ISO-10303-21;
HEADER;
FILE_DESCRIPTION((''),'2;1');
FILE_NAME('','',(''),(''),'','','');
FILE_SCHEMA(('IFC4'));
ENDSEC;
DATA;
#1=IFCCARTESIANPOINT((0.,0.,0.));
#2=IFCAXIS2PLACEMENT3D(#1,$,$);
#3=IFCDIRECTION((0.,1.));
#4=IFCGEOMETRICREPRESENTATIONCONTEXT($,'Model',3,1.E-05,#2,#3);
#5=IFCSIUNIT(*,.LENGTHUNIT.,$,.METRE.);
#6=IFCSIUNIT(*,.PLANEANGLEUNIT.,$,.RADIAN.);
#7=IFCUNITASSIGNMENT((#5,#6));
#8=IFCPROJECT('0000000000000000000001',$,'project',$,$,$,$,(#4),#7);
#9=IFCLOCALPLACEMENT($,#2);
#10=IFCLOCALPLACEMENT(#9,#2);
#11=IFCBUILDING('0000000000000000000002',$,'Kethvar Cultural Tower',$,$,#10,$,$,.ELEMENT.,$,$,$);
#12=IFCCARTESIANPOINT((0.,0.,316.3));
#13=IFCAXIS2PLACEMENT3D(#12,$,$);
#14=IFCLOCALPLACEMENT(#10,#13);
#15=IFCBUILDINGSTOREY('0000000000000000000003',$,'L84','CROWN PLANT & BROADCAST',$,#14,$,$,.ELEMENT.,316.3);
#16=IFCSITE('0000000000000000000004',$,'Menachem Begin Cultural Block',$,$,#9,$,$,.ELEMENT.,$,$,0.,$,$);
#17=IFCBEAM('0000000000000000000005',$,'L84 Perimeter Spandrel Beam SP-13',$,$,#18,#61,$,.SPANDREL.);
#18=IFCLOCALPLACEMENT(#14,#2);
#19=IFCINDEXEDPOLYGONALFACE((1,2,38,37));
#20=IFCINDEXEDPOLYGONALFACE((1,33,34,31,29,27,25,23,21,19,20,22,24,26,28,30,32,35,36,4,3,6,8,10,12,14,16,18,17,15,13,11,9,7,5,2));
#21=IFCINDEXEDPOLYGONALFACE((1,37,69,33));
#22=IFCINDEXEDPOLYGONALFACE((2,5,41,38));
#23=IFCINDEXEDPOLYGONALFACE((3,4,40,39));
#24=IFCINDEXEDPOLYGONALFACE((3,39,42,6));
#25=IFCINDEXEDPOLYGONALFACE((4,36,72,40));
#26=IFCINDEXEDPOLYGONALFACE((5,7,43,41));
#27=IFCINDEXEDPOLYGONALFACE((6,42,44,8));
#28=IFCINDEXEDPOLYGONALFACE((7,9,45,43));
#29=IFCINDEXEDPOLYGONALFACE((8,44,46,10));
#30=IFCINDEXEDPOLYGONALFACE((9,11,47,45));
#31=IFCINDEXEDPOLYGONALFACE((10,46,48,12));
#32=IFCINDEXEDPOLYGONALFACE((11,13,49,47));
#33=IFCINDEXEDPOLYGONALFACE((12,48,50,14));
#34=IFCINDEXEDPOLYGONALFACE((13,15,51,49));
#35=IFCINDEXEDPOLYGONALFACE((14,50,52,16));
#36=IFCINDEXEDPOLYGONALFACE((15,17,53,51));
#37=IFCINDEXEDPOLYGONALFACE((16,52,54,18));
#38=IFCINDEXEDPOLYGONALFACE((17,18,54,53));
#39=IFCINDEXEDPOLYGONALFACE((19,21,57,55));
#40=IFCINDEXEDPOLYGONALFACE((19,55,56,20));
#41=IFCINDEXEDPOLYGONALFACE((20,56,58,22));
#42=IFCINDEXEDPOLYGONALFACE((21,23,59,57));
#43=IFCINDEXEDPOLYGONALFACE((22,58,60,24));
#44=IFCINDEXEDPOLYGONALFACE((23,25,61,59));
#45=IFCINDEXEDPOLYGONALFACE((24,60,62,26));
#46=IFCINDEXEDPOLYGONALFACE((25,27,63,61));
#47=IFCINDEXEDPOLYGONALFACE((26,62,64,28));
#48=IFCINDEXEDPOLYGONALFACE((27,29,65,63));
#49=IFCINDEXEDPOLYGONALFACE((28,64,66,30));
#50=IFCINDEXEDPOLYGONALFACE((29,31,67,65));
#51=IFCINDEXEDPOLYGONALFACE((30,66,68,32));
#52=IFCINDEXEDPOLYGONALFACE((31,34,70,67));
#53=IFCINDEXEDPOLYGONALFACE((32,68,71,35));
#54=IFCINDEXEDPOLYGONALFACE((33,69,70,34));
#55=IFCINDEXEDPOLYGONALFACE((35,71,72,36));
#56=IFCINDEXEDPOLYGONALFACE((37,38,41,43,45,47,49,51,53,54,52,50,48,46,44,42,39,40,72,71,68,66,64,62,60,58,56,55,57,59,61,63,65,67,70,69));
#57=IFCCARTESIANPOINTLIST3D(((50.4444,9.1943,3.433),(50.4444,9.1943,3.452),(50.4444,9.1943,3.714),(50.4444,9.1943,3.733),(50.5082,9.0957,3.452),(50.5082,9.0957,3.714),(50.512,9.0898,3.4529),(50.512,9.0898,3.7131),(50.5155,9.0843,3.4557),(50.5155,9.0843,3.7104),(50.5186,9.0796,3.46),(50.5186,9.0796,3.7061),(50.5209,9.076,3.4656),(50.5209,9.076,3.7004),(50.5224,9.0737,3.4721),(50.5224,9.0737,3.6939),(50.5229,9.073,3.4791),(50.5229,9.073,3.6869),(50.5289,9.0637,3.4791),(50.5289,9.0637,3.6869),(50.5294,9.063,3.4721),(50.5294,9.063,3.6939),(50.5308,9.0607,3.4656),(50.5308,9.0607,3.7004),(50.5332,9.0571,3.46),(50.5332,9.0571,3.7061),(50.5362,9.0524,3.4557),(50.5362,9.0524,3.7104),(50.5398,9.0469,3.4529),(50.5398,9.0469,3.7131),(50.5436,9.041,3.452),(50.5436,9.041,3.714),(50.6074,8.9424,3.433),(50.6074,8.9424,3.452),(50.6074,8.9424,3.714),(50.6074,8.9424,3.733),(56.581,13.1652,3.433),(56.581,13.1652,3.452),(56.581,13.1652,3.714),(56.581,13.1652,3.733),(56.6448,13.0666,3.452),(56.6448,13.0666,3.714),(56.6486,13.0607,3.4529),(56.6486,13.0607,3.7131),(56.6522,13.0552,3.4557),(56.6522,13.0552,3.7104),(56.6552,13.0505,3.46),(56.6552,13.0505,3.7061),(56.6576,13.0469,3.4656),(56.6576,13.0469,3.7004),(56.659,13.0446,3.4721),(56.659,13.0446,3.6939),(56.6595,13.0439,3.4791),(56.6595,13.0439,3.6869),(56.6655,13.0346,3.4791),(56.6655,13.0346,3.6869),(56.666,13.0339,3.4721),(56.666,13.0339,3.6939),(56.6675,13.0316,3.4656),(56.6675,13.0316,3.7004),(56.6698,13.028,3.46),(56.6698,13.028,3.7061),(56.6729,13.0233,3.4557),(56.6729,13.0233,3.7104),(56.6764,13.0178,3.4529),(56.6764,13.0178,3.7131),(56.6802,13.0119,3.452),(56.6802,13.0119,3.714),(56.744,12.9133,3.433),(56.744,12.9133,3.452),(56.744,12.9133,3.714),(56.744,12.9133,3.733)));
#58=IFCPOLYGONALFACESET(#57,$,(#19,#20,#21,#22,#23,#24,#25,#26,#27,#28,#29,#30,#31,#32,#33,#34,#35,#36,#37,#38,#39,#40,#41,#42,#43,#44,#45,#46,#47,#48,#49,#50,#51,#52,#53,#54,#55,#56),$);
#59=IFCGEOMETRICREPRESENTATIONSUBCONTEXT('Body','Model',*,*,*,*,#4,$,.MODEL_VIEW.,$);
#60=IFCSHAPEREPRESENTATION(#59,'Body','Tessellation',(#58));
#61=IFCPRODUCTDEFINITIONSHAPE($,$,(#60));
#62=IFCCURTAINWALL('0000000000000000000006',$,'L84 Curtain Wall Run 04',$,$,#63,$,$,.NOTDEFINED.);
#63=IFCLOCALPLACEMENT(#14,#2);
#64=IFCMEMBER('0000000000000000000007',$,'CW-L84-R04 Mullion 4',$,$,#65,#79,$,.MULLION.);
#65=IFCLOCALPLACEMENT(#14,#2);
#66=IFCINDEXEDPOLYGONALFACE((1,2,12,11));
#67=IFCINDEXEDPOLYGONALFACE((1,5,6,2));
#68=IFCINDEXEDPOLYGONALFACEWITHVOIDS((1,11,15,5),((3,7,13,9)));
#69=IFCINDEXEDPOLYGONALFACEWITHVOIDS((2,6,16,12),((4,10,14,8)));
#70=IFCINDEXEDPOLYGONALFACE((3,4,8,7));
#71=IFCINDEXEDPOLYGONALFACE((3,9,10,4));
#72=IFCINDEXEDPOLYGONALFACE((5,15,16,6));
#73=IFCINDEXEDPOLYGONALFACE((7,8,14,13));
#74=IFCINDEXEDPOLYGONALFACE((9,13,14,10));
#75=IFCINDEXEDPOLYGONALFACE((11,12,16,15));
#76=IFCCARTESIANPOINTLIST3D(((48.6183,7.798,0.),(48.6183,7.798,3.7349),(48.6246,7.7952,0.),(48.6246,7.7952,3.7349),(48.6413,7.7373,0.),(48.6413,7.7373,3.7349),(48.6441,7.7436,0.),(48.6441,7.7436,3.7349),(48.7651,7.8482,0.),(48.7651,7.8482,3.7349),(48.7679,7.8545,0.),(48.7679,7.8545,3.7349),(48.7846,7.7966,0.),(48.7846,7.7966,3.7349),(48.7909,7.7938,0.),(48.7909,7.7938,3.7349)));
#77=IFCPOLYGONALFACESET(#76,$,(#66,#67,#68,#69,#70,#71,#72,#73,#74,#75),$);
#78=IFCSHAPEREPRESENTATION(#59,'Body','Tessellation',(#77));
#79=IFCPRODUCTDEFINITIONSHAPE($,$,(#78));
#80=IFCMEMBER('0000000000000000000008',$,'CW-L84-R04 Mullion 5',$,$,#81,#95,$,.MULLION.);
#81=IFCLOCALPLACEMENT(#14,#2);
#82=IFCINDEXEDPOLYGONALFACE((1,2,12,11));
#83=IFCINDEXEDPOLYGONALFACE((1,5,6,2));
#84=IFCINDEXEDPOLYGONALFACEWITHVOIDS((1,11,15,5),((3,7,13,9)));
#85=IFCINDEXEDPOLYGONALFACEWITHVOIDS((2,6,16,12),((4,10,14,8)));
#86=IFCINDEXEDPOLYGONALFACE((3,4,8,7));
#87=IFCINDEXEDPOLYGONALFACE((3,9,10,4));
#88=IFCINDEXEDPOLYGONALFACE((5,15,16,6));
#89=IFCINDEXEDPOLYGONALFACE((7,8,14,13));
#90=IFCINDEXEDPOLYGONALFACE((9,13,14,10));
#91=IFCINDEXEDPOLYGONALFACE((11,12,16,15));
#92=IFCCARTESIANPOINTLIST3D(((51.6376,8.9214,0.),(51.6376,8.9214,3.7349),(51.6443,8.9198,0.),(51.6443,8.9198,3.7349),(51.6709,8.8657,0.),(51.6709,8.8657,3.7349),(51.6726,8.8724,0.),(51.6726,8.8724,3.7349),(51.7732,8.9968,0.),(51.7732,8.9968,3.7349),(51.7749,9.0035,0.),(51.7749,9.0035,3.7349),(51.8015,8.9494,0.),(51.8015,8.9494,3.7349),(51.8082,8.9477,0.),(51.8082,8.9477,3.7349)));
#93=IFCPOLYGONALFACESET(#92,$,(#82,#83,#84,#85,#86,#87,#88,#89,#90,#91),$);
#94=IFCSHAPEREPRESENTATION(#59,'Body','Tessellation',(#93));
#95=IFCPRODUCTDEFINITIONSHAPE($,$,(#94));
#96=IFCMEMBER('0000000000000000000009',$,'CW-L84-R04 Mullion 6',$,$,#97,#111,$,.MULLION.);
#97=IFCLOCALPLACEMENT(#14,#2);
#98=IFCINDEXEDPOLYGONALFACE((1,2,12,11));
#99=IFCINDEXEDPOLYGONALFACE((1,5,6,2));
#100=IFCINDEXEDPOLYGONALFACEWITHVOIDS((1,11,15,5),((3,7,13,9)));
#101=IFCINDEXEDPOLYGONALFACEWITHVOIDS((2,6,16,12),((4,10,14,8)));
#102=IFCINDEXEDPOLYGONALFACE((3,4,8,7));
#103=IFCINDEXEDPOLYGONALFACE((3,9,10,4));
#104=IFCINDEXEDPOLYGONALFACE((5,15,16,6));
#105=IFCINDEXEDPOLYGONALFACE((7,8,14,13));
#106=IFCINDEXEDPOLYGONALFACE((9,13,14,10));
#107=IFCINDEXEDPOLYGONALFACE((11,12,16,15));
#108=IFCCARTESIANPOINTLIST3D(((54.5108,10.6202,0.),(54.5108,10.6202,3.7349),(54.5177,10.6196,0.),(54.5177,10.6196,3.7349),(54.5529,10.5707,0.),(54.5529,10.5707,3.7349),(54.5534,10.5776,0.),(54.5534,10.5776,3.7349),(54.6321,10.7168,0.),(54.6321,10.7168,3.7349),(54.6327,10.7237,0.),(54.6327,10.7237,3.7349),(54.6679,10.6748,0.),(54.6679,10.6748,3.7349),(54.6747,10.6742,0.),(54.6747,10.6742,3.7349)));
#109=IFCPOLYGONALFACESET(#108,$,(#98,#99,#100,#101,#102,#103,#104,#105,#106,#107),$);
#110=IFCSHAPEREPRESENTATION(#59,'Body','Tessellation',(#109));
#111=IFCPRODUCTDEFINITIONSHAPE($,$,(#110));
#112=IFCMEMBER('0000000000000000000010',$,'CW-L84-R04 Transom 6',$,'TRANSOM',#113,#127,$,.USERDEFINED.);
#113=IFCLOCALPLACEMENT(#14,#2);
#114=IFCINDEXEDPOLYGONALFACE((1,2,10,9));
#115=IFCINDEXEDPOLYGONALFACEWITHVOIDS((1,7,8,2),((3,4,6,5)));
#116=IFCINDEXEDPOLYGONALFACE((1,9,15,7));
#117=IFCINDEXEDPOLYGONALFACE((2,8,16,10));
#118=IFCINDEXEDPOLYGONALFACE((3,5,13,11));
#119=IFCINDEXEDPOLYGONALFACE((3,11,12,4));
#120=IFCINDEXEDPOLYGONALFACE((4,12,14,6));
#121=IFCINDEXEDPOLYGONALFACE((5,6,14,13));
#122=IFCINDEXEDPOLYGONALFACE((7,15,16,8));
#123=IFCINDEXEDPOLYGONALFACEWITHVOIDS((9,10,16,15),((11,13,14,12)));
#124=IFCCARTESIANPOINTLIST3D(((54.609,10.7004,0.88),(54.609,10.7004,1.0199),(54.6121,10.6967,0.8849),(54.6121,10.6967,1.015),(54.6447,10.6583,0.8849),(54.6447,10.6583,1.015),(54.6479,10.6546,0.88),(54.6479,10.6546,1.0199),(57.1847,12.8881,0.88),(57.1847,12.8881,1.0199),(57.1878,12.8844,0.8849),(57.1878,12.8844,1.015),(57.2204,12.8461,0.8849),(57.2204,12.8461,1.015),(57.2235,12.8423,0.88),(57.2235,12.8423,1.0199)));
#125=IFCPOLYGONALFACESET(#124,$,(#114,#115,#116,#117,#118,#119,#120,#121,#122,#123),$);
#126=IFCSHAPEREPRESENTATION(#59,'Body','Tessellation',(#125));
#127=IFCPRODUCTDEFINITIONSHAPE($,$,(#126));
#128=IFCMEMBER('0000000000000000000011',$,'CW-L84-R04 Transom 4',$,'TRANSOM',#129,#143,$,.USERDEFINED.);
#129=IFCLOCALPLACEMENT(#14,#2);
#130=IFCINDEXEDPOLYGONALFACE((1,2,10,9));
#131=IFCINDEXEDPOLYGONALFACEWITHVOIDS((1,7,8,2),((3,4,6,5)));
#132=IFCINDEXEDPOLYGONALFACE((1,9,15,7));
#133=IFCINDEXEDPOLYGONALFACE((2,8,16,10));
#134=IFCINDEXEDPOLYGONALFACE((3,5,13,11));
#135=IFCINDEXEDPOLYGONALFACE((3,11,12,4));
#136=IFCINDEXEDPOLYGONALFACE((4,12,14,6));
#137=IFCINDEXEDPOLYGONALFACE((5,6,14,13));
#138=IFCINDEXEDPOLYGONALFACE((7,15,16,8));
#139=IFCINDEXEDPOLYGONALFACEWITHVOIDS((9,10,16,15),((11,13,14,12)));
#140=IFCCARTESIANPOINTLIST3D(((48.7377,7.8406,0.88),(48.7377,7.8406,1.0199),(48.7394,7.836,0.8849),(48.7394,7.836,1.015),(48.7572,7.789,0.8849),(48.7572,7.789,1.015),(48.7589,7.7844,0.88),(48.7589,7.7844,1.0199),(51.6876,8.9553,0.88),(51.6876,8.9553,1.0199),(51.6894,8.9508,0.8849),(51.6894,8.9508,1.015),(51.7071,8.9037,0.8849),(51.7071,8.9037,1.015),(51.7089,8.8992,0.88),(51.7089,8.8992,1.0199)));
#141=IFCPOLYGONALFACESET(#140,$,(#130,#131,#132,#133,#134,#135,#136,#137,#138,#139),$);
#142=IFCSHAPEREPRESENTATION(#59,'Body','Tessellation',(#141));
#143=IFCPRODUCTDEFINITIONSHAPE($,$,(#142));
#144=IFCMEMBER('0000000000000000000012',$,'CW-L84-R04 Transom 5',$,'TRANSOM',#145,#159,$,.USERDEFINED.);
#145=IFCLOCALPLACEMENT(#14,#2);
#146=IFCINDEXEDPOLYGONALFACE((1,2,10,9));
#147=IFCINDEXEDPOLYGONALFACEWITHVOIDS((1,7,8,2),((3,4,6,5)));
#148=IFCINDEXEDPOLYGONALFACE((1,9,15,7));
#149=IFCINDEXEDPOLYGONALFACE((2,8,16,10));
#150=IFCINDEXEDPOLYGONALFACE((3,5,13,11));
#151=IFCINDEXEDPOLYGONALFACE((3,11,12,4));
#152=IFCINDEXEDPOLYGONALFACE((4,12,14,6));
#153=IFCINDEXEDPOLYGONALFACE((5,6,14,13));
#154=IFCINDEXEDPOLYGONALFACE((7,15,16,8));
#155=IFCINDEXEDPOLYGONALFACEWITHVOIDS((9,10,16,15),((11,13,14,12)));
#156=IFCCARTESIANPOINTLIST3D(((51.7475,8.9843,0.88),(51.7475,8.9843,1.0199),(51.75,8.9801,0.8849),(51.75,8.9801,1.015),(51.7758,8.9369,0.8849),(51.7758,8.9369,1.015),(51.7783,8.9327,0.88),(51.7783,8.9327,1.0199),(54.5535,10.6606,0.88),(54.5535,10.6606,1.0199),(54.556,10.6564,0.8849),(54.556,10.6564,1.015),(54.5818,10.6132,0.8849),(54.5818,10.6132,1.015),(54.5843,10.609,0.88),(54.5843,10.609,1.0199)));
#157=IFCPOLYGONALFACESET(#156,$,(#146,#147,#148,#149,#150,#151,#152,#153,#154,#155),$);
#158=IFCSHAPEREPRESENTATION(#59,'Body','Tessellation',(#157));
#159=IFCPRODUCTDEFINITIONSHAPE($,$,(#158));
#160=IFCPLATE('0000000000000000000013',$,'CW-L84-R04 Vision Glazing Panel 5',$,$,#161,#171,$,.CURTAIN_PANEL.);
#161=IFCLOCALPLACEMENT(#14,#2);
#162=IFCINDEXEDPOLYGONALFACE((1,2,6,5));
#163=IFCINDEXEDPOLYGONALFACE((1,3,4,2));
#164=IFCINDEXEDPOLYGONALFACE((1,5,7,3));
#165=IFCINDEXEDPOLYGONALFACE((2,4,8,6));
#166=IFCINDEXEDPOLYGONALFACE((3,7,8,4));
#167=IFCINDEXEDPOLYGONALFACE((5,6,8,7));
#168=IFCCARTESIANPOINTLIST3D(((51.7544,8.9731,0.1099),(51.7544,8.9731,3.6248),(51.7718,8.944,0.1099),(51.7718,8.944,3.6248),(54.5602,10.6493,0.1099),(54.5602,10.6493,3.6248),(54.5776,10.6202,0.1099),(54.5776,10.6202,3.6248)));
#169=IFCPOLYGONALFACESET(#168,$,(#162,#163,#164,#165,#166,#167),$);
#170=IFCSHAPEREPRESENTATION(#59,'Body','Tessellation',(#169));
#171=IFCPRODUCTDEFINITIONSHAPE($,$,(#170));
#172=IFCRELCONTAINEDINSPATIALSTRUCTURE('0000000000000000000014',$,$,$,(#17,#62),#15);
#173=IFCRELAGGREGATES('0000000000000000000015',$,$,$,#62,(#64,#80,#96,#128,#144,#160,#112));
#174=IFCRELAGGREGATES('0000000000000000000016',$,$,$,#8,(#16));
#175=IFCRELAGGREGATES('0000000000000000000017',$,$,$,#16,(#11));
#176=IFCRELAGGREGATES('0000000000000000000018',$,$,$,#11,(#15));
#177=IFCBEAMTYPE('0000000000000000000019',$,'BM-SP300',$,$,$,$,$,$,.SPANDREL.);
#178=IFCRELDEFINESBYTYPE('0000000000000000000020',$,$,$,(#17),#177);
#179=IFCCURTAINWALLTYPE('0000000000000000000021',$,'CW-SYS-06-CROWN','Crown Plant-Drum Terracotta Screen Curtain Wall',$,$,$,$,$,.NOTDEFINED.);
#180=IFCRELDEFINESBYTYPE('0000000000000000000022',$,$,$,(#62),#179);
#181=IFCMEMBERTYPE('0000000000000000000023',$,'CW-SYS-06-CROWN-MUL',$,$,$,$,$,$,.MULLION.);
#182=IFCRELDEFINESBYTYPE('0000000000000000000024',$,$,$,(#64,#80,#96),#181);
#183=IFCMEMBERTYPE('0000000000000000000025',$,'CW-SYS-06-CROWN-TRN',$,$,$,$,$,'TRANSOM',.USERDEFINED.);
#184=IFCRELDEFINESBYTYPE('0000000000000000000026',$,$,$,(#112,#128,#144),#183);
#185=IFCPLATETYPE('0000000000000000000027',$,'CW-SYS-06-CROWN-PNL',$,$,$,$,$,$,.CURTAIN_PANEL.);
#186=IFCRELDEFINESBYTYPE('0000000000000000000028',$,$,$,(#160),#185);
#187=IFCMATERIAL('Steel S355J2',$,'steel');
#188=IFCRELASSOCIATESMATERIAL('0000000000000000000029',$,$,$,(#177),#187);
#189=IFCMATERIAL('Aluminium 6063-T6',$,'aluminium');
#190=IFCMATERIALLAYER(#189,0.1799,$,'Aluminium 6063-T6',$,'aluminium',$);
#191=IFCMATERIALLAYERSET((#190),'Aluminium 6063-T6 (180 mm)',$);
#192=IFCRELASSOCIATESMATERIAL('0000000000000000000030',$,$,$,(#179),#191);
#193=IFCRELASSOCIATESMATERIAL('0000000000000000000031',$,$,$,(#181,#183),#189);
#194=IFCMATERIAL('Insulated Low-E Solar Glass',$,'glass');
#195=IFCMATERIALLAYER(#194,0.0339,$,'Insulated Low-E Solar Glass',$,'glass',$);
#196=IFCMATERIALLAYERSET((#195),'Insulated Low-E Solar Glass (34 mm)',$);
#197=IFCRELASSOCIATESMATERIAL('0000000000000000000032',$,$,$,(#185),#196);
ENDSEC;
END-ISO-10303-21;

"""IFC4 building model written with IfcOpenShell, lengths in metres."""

from ifc_helpers import new_model, si_unit, direction, frame, origin, origin_2d, place, context, subcontext, project, spatial, rectangle, hollow_rectangle, i_section, extrude, source, transform, mapped, material, layer, layer_set, material_profile, profile_set, type_object, element, aggregate, save


model = new_model("IFC4")

# Units and contexts
model_context = context("Model", 3, precision=1e-05, world=origin(), true_north=direction((0.0, 1.0)))
body_context = subcontext(model_context, "Body", "Model", "MODEL_VIEW")
ifc_project = project(units=[si_unit("LENGTHUNIT", "METRE"), si_unit("PLANEANGLEUNIT", "RADIAN")], contexts=[model_context])

# Site, building, storey
site_placement = place(None, origin())
site = spatial("IfcSite", under=ifc_project, at=site_placement, Name="Menachem Begin Cultural Block", CompositionType="ELEMENT", RefElevation=0.0)
building_placement = place(site_placement, origin())
building = spatial("IfcBuilding", under=site, at=building_placement, Name="Kethvar Cultural Tower", CompositionType="ELEMENT")
storey_placement = place(building_placement, frame((0.0, 0.0, 316.3)))
storey = spatial("IfcBuildingStorey", under=building, at=storey_placement, Name="L84", Description="CROWN PLANT & BROADCAST", CompositionType="ELEMENT", Elevation=316.3)

# Shared definitions
ifc_material_1 = material(Name="Steel S355J2", Category="steel")

# Beam
ifc_material_profile_1 = material_profile(ifc_material_1, i_section(OverallWidth=0.3, OverallDepth=0.3, WebThickness=0.011, FlangeThickness=0.019, FilletRadius=0.0271, at=origin_2d()), Name="Steel S355J2 — HEB300")
ifc_profile_set_1 = profile_set([ifc_material_profile_1], Name="Steel S355J2 — HEB300")
beam_type_1 = type_object("IfcBeamType", Name="BM-SP300", PredefinedType="SPANDREL", material=ifc_profile_set_1)
shared_shape_1 = source(origin(), body_context, "Body", "SweptSolid", [
    extrude(i_section(OverallWidth=0.3, OverallDepth=0.3, WebThickness=0.011, FlangeThickness=0.019, FilletRadius=0.0271, at=origin_2d()), origin(), (0.0, 0.0, 1.0), 7.3093),
])
beam_1_placement = place(storey_placement, frame((50.5259, 9.0684, 3.583), z_axis=(0.839562, 0.543264, 0.0), x_axis=(-0.543264, 0.839562, 0.0)))
element("IfcBeam", 1, at=beam_1_placement, inside=storey, type_object=beam_type_1, Name="L84 Perimeter Spandrel Beam SP-13", PredefinedType="SPANDREL", context=body_context, shape_type="MappedRepresentation", body=[
    mapped(shared_shape_1, transform((0.0, 0.0, 0.0), scale=1.0)),
])

# Curtain wall, members, plate
ifc_material_2 = material(Name="Aluminium 6063-T6", Category="aluminium")
ifc_layer_1 = layer(ifc_material_2, 0.1799, Name="Aluminium 6063-T6", Category="aluminium")
ifc_layer_set_1 = layer_set([ifc_layer_1], Name="Aluminium 6063-T6 (180 mm)")
curtain_wall_type = type_object("IfcCurtainWallType", Name="CW-SYS-06-CROWN", Description="Crown Plant-Drum Terracotta Screen Curtain Wall", PredefinedType="NOTDEFINED", material=ifc_layer_set_1)
curtain_wall_placement = place(storey_placement, origin())
curtain_wall = element("IfcCurtainWall", 2, at=curtain_wall_placement, inside=storey, type_object=curtain_wall_type, Name="L84 Curtain Wall Run 04", PredefinedType="NOTDEFINED")
ifc_material_profile_2 = material_profile(ifc_material_2, hollow_rectangle(XDim=0.0649, YDim=0.1599, WallThickness=0.0049, at=origin_2d()), Name="Aluminium 6063-T6 — RHS160x65x5")
ifc_profile_set_2 = profile_set([ifc_material_profile_2], Name="Aluminium 6063-T6 — RHS160x65x5")
member_type_1 = type_object("IfcMemberType", Name="CW-SYS-06-CROWN-MUL", PredefinedType="MULLION", material=ifc_profile_set_2)
shared_shape_2 = source(origin(), body_context, "Body", "SweptSolid", [
    extrude(hollow_rectangle(XDim=0.0649, YDim=0.1599, WallThickness=0.0049, at=origin_2d()), origin(), (0.0, 0.0, 1.0), 3.7349),
])
member_1_placement = place(storey_placement, frame((48.7046, 7.7959, 0.0), z_axis=(0.0, 0.0, 1.0), x_axis=(-0.35354, 0.935419, 0.0)))
member_1 = element("IfcMember", 3, at=member_1_placement, type_object=member_type_1, Name="CW-L84-R04 Mullion 4", PredefinedType="MULLION", context=body_context, shape_type="MappedRepresentation", body=[
    mapped(shared_shape_2, transform((0.0, 0.0, 0.0), scale=1.0)),
])
member_2_placement = place(storey_placement, frame((51.7229, 8.9346, 0.0), z_axis=(0.0, 0.0, 1.0), x_axis=(-0.512867, 0.858468, 0.0)))
member_2 = element("IfcMember", 4, at=member_2_placement, type_object=member_type_1, Name="CW-L84-R04 Mullion 5", PredefinedType="MULLION", context=body_context, shape_type="MappedRepresentation", body=[
    mapped(shared_shape_2, transform((0.0, 0.0, 0.0), scale=1.0)),
])
member_3_placement = place(storey_placement, frame((54.5928, 10.6472, 0.0), z_axis=(0.0, 0.0, 1.0), x_axis=(-0.647375, 0.762171, 0.0)))
member_3 = element("IfcMember", 5, at=member_3_placement, type_object=member_type_1, Name="CW-L84-R04 Mullion 6", PredefinedType="MULLION", context=body_context, shape_type="MappedRepresentation", body=[
    mapped(shared_shape_2, transform((0.0, 0.0, 0.0), scale=1.0)),
])
ifc_material_profile_3 = material_profile(ifc_material_2, hollow_rectangle(XDim=0.0601, YDim=0.1399, WallThickness=0.0049, at=origin_2d()), Name="Aluminium 6063-T6 — RHS140x60x5")
ifc_profile_set_3 = profile_set([ifc_material_profile_3], Name="Aluminium 6063-T6 — RHS140x60x5")
member_type_2 = type_object("IfcMemberType", Name="CW-SYS-06-CROWN-TRN", ElementType="TRANSOM", PredefinedType="USERDEFINED", material=ifc_profile_set_3)
shared_shape_3 = source(origin(), body_context, "Body", "SweptSolid", [
    extrude(hollow_rectangle(XDim=0.0601, YDim=0.1399, WallThickness=0.0049, at=origin_2d()), origin(), (0.0, 0.0, 1.0), 3.3794),
])
member_4_placement = place(storey_placement, frame((54.6284, 10.6775, 0.95), z_axis=(0.762171, 0.647376, 0.0), x_axis=(-0.647376, 0.762171, 0.0)))
member_4 = element("IfcMember", 6, at=member_4_placement, type_object=member_type_2, Name="CW-L84-R04 Transom 6", ObjectType="TRANSOM", PredefinedType="USERDEFINED", context=body_context, shape_type="MappedRepresentation", body=[
    mapped(shared_shape_3, transform((0.0, 0.0, 0.0), scale=1.0)),
])
shared_shape_4 = source(origin(), body_context, "Body", "SweptSolid", [
    extrude(hollow_rectangle(XDim=0.0601, YDim=0.1399, WallThickness=0.0049, at=origin_2d()), origin(), (0.0, 0.0, 1.0), 3.1536),
])
member_5_placement = place(storey_placement, frame((48.7483, 7.8125, 0.95), z_axis=(0.935439, 0.353489, 0.0), x_axis=(-0.353489, 0.935439, 0.0)))
member_5 = element("IfcMember", 7, at=member_5_placement, type_object=member_type_2, Name="CW-L84-R04 Transom 4", ObjectType="TRANSOM", PredefinedType="USERDEFINED", context=body_context, shape_type="MappedRepresentation", body=[
    mapped(shared_shape_4, transform((0.0, 0.0, 0.0), scale=1.0)),
])
shared_shape_5 = source(origin(), body_context, "Body", "SweptSolid", [
    extrude(hollow_rectangle(XDim=0.0601, YDim=0.1399, WallThickness=0.0049, at=origin_2d()), origin(), (0.0, 0.0, 1.0), 3.2686),
])
member_6_placement = place(storey_placement, frame((51.7629, 8.9585, 0.95), z_axis=(0.858473, 0.512858, 0.0), x_axis=(-0.512858, 0.858473, 0.0)))
member_6 = element("IfcMember", 8, at=member_6_placement, type_object=member_type_2, Name="CW-L84-R04 Transom 5", ObjectType="TRANSOM", PredefinedType="USERDEFINED", context=body_context, shape_type="MappedRepresentation", body=[
    mapped(shared_shape_5, transform((0.0, 0.0, 0.0), scale=1.0)),
])
ifc_material_3 = material(Name="Insulated Low-E Solar Glass", Category="glass")
ifc_layer_2 = layer(ifc_material_3, 0.0339, Name="Insulated Low-E Solar Glass", Category="glass")
ifc_layer_set_2 = layer_set([ifc_layer_2], Name="Insulated Low-E Solar Glass (34 mm)")
plate_type = type_object("IfcPlateType", Name="CW-SYS-06-CROWN-PNL", PredefinedType="CURTAIN_PANEL", material=ifc_layer_set_2)
shared_shape_6 = source(origin(), body_context, "Body", "SweptSolid", [
    extrude(rectangle(XDim=3.2683, YDim=0.0339, at=origin_2d()), origin(), (0.0, 0.0, 1.0), 3.5149),
])
plate_1_placement = place(storey_placement, frame((53.166, 9.7966, 0.1099), z_axis=(0.0, 0.0, 1.0), x_axis=(0.858468, 0.512867, 0.0)))
plate_1 = element("IfcPlate", 9, at=plate_1_placement, type_object=plate_type, Name="CW-L84-R04 Vision Glazing Panel 5", PredefinedType="CURTAIN_PANEL", context=body_context, shape_type="MappedRepresentation", body=[
    mapped(shared_shape_6, transform((0.0, 0.0, 0.0), scale=1.0)),
])
aggregate(curtain_wall, [member_1, member_2, member_3, member_5, member_6, plate_1, member_4])

save(model, "model.ifc")
